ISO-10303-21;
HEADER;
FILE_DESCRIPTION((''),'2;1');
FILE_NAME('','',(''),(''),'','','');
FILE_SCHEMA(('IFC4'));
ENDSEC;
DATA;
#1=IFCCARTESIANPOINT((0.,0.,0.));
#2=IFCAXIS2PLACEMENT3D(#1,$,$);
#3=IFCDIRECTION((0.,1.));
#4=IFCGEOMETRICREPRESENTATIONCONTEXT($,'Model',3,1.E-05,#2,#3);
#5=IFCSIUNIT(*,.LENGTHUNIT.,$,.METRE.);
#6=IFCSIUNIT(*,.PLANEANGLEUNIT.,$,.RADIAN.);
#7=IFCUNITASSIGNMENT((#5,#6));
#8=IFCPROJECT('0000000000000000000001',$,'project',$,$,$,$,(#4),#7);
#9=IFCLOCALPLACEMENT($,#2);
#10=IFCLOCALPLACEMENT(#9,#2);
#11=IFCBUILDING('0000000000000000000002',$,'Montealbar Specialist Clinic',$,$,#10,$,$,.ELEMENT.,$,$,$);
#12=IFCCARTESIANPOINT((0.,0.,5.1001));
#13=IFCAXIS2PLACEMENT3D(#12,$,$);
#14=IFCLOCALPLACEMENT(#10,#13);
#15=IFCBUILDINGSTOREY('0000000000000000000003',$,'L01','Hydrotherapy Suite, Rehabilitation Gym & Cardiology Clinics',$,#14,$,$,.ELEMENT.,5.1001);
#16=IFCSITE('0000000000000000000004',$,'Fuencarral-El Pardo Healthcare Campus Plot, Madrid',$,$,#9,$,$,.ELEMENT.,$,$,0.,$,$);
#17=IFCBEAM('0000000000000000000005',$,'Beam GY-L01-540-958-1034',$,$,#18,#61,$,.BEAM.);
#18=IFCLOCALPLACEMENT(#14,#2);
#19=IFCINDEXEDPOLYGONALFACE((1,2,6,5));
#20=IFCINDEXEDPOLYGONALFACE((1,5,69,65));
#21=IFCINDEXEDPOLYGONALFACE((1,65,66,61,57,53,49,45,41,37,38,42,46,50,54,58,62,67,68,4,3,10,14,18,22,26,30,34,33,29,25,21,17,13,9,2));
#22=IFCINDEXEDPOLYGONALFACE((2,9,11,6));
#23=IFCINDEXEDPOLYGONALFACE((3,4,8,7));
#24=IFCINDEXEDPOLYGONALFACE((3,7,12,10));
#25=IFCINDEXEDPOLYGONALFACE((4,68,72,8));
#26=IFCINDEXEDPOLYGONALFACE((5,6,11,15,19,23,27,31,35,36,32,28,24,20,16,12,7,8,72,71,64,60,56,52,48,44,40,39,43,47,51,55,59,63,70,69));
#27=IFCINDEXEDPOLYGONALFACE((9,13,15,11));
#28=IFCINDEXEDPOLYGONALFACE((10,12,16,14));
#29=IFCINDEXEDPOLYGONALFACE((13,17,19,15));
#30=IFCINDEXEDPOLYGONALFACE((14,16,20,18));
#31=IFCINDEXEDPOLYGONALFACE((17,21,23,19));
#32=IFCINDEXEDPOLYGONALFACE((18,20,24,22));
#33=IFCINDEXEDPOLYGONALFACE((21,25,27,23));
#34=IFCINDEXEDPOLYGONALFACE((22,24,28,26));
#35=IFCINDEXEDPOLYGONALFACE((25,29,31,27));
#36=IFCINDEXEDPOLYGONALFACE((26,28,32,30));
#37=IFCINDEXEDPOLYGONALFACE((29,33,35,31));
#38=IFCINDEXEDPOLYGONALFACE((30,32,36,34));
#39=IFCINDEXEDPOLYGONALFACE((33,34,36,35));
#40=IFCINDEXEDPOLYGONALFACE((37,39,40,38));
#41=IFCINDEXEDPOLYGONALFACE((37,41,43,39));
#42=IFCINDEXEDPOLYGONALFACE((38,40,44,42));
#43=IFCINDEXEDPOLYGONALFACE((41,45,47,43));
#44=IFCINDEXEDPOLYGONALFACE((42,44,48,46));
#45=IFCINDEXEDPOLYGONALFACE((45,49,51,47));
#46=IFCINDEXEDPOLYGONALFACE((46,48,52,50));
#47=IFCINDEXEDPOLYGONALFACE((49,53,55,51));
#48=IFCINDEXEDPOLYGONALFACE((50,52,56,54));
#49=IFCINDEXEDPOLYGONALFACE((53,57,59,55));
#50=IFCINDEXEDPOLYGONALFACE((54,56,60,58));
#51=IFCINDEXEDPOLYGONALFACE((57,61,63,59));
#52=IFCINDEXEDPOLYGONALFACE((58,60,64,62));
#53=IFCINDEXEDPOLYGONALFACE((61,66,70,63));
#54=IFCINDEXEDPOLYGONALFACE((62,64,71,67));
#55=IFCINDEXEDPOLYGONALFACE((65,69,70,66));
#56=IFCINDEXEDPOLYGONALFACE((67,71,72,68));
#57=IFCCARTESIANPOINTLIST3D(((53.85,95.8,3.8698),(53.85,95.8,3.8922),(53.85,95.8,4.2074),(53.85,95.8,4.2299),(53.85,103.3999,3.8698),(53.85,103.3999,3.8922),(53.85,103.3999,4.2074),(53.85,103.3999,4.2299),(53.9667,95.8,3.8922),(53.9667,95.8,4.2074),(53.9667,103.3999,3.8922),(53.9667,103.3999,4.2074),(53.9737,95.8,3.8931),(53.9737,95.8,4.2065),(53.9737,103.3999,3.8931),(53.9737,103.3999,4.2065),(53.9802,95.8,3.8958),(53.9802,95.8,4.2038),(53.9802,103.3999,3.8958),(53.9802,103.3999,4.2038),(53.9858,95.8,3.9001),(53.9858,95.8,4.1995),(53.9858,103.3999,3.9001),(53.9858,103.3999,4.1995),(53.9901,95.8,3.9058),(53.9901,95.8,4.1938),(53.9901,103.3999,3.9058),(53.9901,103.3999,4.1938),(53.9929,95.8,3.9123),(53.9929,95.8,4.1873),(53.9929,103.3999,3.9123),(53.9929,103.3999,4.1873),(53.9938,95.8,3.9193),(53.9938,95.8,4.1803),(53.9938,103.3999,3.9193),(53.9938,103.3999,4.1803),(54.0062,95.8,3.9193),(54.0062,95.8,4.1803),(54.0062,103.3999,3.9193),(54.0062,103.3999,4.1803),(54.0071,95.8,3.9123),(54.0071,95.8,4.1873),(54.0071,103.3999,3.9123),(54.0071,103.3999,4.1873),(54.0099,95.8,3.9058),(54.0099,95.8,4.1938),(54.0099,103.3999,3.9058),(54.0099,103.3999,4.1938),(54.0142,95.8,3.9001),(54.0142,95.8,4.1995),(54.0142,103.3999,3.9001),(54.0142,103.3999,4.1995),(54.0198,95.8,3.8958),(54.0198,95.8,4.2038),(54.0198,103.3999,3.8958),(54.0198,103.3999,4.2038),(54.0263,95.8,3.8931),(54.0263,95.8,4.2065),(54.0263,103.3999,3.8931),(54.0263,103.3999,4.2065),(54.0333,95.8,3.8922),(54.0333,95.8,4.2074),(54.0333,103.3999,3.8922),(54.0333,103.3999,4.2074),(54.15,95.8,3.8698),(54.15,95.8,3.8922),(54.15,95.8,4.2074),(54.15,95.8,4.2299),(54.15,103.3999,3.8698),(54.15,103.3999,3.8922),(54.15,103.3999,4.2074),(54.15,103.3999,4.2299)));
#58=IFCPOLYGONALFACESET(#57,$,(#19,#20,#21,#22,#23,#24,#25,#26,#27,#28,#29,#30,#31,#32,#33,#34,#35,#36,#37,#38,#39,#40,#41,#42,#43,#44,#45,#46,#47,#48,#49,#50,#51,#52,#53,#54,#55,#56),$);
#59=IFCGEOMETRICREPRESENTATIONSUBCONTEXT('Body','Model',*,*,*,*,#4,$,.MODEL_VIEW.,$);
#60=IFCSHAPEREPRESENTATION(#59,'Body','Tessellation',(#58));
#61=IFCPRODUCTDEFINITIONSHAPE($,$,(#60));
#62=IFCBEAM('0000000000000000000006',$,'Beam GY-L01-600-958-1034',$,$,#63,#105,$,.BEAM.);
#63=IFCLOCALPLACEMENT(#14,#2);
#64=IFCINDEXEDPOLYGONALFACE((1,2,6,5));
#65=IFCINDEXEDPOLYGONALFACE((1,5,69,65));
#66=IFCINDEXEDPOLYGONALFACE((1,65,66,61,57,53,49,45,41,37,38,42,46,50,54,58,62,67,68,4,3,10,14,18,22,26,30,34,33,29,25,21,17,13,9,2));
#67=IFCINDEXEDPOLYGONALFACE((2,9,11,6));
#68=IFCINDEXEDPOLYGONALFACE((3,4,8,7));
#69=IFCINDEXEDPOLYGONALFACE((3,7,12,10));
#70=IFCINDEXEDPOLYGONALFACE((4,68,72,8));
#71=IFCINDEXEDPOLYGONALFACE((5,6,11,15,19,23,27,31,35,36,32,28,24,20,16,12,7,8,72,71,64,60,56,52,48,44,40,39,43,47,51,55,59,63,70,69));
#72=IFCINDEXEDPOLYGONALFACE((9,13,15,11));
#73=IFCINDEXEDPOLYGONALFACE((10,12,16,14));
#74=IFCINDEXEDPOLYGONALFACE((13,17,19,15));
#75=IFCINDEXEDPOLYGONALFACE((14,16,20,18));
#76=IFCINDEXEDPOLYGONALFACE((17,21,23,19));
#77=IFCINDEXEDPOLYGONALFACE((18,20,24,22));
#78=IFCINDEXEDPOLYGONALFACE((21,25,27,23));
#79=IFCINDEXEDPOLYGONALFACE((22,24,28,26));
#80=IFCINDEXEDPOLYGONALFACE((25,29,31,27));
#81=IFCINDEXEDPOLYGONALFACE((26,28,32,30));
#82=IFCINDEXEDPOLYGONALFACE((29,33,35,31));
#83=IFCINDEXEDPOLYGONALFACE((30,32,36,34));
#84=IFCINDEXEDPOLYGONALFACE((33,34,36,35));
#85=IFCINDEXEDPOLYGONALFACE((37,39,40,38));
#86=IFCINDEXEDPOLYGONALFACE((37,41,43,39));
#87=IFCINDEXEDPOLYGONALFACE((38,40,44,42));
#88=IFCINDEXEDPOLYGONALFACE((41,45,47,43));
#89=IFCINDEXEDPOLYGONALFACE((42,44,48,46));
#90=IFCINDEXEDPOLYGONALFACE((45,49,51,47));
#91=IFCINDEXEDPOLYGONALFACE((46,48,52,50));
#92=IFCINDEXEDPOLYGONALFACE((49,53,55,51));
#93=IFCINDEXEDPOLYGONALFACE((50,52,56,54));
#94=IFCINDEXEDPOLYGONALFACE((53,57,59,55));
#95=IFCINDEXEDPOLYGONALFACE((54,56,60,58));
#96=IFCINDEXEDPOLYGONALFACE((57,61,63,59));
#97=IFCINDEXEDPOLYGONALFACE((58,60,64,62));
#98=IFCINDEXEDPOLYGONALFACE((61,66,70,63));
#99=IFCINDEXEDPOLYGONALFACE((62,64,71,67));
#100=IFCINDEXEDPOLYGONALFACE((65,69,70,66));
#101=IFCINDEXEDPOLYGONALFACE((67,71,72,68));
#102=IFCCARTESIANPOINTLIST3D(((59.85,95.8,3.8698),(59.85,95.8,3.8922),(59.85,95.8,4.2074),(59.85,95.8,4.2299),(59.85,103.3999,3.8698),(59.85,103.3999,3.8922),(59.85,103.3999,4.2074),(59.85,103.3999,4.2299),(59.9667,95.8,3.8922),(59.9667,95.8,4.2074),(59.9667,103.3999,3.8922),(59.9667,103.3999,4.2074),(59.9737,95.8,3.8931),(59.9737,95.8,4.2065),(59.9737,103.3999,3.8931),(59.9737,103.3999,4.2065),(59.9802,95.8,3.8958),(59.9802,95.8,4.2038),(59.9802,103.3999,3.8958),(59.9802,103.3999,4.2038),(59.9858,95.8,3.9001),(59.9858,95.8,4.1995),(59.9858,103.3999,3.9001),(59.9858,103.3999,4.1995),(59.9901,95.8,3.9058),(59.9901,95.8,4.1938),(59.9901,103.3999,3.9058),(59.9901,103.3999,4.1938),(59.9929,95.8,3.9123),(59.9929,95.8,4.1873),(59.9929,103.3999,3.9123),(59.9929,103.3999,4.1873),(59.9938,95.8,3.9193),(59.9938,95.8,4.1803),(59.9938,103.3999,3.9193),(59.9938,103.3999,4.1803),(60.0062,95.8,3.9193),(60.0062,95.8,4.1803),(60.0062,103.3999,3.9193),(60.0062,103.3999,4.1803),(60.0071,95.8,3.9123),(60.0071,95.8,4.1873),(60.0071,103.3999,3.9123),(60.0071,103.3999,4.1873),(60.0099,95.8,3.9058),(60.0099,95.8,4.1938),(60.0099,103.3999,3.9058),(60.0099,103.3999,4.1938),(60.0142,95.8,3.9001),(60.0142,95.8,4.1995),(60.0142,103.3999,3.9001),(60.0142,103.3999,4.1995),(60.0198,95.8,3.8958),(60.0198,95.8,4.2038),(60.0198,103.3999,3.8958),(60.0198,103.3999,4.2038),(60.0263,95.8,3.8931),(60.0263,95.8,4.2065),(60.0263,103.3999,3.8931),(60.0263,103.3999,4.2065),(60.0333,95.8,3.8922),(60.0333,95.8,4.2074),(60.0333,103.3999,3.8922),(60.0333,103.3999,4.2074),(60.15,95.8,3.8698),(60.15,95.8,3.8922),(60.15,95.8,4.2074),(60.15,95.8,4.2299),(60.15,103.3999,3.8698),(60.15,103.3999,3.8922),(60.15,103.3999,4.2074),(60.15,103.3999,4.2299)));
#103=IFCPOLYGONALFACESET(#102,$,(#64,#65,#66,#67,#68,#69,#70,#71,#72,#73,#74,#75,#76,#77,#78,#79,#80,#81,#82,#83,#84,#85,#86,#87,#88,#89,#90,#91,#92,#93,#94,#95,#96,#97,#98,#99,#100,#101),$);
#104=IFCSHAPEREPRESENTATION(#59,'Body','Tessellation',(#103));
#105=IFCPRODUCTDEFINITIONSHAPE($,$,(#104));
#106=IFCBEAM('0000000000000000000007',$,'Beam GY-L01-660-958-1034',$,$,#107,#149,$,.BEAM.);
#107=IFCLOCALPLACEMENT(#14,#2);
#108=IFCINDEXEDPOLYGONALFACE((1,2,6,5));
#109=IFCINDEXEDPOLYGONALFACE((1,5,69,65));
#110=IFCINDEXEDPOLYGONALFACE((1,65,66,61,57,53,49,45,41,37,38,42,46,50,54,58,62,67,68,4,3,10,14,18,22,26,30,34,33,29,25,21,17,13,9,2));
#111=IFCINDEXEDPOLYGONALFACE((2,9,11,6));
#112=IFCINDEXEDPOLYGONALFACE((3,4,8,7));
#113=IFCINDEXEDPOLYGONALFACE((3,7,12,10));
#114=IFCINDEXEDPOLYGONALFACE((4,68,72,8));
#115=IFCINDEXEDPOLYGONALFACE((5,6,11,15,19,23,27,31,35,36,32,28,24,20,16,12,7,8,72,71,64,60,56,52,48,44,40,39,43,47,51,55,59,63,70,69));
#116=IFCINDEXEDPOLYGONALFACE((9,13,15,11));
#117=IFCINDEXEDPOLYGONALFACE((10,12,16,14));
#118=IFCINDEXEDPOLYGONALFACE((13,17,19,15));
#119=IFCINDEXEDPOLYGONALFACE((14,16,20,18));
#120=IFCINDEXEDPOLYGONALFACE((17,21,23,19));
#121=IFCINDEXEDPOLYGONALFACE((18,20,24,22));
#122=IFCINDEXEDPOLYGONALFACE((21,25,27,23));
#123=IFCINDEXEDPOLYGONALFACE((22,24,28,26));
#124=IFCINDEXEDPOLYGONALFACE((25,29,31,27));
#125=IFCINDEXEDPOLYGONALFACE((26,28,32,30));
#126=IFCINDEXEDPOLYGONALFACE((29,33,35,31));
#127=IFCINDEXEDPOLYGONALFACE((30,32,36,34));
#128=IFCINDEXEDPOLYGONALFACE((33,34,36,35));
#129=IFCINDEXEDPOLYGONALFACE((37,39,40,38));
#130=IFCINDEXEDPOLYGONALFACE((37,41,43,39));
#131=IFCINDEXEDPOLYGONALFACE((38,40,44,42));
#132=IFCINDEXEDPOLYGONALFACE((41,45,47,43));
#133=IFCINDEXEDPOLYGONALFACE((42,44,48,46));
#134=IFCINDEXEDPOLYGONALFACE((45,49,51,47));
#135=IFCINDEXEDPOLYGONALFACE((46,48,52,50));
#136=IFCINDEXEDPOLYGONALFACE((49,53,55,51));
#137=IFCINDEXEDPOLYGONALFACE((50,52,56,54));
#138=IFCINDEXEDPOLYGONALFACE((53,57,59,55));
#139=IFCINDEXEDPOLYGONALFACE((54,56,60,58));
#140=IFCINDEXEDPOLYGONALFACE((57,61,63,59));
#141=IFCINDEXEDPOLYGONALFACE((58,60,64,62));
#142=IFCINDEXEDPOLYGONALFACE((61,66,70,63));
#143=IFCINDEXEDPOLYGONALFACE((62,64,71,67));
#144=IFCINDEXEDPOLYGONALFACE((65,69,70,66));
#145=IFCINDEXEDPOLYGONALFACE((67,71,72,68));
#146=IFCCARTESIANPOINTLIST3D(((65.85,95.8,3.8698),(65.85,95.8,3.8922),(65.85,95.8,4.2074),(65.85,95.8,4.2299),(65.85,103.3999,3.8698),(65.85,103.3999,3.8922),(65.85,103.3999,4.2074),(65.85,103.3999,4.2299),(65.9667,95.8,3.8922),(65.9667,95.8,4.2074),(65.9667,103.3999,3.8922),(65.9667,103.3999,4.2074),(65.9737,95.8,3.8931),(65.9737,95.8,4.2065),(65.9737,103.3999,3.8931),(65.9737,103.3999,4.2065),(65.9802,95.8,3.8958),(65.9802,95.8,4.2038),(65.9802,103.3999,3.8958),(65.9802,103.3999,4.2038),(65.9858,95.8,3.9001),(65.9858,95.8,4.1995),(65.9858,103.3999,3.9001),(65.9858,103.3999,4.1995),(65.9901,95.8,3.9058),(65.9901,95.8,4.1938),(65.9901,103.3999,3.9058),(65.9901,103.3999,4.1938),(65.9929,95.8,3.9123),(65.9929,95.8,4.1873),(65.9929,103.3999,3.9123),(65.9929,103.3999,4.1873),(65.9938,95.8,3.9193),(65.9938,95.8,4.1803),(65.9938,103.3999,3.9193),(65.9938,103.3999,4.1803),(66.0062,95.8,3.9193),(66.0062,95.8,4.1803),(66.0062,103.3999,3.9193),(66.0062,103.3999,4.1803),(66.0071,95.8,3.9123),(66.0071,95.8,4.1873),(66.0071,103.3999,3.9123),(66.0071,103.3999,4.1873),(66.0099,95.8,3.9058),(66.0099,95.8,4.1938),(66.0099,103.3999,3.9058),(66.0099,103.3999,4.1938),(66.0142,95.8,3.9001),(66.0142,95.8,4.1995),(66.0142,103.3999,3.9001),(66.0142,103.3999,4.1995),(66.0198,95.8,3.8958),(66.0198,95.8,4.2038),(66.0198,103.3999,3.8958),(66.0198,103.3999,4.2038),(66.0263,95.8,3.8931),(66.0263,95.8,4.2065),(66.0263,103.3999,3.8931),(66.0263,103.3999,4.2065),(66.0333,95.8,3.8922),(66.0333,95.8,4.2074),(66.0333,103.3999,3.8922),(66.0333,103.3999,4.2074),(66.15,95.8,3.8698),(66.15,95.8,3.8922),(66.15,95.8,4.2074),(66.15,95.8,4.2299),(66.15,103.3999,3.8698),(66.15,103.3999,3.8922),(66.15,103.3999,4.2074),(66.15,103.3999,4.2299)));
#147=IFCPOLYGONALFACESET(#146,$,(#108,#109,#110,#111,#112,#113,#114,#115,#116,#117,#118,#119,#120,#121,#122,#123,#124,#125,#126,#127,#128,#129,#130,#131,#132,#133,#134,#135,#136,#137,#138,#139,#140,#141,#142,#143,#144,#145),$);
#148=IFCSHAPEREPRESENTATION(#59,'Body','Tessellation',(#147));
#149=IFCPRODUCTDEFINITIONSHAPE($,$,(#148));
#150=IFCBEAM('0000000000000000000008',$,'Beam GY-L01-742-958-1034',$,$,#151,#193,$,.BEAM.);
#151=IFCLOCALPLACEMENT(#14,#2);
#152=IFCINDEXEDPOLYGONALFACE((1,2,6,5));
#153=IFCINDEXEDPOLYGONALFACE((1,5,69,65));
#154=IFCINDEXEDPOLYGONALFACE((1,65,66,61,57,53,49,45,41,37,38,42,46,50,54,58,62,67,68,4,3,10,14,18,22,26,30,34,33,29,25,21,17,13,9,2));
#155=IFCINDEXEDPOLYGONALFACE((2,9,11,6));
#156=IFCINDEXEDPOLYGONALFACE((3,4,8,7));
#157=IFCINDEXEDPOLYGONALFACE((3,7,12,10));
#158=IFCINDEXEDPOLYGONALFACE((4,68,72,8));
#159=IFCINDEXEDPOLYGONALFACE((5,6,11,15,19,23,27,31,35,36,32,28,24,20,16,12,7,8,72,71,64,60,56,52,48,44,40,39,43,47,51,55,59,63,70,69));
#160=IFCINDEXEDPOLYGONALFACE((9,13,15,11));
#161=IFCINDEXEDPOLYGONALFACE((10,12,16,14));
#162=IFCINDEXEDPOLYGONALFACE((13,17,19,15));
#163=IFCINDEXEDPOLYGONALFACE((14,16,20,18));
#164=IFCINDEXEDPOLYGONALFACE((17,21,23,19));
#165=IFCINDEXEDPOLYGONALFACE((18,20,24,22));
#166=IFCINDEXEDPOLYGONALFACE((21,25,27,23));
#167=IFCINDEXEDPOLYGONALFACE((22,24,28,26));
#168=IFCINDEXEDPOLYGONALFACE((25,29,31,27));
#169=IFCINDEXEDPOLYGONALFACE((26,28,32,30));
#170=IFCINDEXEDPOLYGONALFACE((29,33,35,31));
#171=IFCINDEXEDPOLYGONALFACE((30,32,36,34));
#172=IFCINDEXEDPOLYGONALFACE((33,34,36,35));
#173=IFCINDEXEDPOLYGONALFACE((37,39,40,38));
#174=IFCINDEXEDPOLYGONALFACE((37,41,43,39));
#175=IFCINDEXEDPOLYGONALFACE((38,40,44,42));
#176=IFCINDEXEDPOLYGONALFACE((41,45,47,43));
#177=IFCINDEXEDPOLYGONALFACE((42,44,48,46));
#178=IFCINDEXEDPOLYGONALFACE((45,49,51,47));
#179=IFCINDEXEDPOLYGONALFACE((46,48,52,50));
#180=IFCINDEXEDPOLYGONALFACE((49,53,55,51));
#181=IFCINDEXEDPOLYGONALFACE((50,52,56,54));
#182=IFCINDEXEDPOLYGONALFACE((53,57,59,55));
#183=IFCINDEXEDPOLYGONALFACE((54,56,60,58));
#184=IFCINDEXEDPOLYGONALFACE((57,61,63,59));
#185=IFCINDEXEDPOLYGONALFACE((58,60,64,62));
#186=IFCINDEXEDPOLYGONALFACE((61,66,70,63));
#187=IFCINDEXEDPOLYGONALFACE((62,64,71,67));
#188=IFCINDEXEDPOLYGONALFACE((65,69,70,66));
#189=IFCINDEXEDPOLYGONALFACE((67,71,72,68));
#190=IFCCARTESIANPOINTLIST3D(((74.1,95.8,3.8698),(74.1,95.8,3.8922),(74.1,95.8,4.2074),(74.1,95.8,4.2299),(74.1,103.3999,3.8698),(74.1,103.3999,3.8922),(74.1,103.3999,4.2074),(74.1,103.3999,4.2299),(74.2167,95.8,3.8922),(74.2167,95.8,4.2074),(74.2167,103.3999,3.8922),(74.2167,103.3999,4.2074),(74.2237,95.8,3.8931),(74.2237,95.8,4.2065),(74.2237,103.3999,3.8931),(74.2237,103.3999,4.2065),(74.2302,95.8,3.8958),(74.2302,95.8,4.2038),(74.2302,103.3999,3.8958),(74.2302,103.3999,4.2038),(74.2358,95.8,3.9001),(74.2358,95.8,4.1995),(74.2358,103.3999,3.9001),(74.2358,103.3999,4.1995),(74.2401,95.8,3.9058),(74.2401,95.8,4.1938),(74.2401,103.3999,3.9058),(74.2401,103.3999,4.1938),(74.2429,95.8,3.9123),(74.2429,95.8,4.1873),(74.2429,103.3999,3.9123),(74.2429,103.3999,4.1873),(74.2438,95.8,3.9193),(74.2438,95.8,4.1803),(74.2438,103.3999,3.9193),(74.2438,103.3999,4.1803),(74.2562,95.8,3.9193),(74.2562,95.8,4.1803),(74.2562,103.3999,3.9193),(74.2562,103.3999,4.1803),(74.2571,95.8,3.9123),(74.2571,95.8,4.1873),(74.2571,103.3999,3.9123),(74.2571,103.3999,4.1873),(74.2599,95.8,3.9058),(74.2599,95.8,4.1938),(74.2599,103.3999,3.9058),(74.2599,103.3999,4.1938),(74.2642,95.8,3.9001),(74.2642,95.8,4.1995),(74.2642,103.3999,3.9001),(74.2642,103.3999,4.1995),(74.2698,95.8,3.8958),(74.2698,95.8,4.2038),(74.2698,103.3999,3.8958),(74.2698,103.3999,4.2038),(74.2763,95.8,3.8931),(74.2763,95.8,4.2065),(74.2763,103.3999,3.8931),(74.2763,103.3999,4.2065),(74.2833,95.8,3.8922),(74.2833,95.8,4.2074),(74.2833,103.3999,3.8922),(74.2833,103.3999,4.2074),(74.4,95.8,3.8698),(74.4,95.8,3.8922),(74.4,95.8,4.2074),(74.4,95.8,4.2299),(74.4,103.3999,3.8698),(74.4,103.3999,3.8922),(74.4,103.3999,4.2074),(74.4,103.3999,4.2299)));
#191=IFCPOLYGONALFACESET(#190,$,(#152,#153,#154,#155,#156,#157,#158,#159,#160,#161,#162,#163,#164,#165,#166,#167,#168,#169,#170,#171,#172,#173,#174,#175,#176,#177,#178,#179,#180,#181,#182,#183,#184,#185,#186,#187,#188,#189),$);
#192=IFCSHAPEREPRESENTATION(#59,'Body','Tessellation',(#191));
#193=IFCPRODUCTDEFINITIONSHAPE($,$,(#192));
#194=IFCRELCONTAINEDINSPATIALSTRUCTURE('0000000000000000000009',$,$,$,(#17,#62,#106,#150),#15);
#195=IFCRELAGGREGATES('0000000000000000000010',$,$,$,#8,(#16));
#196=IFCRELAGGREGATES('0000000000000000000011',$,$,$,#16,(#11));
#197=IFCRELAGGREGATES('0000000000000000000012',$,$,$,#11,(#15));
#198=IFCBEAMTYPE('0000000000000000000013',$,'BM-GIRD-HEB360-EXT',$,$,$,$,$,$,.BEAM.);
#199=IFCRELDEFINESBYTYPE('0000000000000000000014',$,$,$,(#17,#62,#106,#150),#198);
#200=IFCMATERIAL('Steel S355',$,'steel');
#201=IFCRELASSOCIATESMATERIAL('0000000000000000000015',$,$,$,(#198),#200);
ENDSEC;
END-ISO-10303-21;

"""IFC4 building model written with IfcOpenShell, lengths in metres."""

from ifc_helpers import new_model, si_unit, direction, frame, origin, origin_2d, place, context, subcontext, project, spatial, i_section, extrude, material, material_profile, profile_set, type_object, element, save


model = new_model("IFC4")

# Units and contexts
model_context = context("Model", 3, precision=1e-05, world=origin(), true_north=direction((0.0, 1.0)))
body_context = subcontext(model_context, "Body", "Model", "MODEL_VIEW")
ifc_project = project(units=[si_unit("LENGTHUNIT", "METRE"), si_unit("PLANEANGLEUNIT", "RADIAN")], contexts=[model_context])

# Site, building, storey
site_placement = place(None, origin())
site = spatial("IfcSite", under=ifc_project, at=site_placement, Name="Fuencarral-El Pardo Healthcare Campus Plot, Madrid", CompositionType="ELEMENT", RefElevation=0.0)
building_placement = place(site_placement, origin())
building = spatial("IfcBuilding", under=site, at=building_placement, Name="Montealbar Specialist Clinic", CompositionType="ELEMENT")
storey_placement = place(building_placement, frame((0.0, 0.0, 5.1001)))
storey = spatial("IfcBuildingStorey", under=building, at=storey_placement, Name="L01", Description="Hydrotherapy Suite, Rehabilitation Gym & Cardiology Clinics", CompositionType="ELEMENT", Elevation=5.1001)

# Shared definitions
ifc_material_1 = material(Name="Steel S355", Category="steel")

# Beams
ifc_material_profile_1 = material_profile(ifc_material_1, i_section(OverallWidth=0.3, OverallDepth=0.3601, WebThickness=0.0125, FlangeThickness=0.0225, FilletRadius=0.0271, at=origin_2d()), Name="HEB 360", Category="steel")
ifc_profile_set_1 = profile_set([ifc_material_profile_1], Name="Steel S355")
beam_type_1 = type_object("IfcBeamType", Name="BM-GIRD-HEB360-EXT", PredefinedType="BEAM", material=ifc_profile_set_1)
for number, where, z_axis, x_axis, name in (
    (1, (54.0, 95.8, 4.0498), (0.0, 1.0, 0.0), (-1.0, 0.0, 0.0), "Beam GY-L01-540-958-1034"),
    (2, (60.0, 95.8, 4.0498), (0.0, 1.0, 0.0), (-1.0, 0.0, 0.0), "Beam GY-L01-600-958-1034"),
    (3, (66.0, 95.8, 4.0498), (0.0, 1.0, 0.0), (-1.0, 0.0, 0.0), "Beam GY-L01-660-958-1034"),
    (4, (74.25, 95.8, 4.0498), (0.0, 1.0, 0.0), (-1.0, 0.0, 0.0), "Beam GY-L01-742-958-1034"),
):
    element("IfcBeam", number, at=place(storey_placement, frame(where, z_axis=z_axis, x_axis=x_axis)), inside=storey, type_object=beam_type_1, Name=name, PredefinedType="BEAM", context=body_context, shape_type="SweptSolid", body=[
        extrude(i_section(OverallWidth=0.3, OverallDepth=0.3601, WebThickness=0.0125, FlangeThickness=0.0225, FilletRadius=0.0271, at=origin_2d()), origin(), (0.0, 0.0, 1.0), 7.5999),
    ])

save(model, "model.ifc")
